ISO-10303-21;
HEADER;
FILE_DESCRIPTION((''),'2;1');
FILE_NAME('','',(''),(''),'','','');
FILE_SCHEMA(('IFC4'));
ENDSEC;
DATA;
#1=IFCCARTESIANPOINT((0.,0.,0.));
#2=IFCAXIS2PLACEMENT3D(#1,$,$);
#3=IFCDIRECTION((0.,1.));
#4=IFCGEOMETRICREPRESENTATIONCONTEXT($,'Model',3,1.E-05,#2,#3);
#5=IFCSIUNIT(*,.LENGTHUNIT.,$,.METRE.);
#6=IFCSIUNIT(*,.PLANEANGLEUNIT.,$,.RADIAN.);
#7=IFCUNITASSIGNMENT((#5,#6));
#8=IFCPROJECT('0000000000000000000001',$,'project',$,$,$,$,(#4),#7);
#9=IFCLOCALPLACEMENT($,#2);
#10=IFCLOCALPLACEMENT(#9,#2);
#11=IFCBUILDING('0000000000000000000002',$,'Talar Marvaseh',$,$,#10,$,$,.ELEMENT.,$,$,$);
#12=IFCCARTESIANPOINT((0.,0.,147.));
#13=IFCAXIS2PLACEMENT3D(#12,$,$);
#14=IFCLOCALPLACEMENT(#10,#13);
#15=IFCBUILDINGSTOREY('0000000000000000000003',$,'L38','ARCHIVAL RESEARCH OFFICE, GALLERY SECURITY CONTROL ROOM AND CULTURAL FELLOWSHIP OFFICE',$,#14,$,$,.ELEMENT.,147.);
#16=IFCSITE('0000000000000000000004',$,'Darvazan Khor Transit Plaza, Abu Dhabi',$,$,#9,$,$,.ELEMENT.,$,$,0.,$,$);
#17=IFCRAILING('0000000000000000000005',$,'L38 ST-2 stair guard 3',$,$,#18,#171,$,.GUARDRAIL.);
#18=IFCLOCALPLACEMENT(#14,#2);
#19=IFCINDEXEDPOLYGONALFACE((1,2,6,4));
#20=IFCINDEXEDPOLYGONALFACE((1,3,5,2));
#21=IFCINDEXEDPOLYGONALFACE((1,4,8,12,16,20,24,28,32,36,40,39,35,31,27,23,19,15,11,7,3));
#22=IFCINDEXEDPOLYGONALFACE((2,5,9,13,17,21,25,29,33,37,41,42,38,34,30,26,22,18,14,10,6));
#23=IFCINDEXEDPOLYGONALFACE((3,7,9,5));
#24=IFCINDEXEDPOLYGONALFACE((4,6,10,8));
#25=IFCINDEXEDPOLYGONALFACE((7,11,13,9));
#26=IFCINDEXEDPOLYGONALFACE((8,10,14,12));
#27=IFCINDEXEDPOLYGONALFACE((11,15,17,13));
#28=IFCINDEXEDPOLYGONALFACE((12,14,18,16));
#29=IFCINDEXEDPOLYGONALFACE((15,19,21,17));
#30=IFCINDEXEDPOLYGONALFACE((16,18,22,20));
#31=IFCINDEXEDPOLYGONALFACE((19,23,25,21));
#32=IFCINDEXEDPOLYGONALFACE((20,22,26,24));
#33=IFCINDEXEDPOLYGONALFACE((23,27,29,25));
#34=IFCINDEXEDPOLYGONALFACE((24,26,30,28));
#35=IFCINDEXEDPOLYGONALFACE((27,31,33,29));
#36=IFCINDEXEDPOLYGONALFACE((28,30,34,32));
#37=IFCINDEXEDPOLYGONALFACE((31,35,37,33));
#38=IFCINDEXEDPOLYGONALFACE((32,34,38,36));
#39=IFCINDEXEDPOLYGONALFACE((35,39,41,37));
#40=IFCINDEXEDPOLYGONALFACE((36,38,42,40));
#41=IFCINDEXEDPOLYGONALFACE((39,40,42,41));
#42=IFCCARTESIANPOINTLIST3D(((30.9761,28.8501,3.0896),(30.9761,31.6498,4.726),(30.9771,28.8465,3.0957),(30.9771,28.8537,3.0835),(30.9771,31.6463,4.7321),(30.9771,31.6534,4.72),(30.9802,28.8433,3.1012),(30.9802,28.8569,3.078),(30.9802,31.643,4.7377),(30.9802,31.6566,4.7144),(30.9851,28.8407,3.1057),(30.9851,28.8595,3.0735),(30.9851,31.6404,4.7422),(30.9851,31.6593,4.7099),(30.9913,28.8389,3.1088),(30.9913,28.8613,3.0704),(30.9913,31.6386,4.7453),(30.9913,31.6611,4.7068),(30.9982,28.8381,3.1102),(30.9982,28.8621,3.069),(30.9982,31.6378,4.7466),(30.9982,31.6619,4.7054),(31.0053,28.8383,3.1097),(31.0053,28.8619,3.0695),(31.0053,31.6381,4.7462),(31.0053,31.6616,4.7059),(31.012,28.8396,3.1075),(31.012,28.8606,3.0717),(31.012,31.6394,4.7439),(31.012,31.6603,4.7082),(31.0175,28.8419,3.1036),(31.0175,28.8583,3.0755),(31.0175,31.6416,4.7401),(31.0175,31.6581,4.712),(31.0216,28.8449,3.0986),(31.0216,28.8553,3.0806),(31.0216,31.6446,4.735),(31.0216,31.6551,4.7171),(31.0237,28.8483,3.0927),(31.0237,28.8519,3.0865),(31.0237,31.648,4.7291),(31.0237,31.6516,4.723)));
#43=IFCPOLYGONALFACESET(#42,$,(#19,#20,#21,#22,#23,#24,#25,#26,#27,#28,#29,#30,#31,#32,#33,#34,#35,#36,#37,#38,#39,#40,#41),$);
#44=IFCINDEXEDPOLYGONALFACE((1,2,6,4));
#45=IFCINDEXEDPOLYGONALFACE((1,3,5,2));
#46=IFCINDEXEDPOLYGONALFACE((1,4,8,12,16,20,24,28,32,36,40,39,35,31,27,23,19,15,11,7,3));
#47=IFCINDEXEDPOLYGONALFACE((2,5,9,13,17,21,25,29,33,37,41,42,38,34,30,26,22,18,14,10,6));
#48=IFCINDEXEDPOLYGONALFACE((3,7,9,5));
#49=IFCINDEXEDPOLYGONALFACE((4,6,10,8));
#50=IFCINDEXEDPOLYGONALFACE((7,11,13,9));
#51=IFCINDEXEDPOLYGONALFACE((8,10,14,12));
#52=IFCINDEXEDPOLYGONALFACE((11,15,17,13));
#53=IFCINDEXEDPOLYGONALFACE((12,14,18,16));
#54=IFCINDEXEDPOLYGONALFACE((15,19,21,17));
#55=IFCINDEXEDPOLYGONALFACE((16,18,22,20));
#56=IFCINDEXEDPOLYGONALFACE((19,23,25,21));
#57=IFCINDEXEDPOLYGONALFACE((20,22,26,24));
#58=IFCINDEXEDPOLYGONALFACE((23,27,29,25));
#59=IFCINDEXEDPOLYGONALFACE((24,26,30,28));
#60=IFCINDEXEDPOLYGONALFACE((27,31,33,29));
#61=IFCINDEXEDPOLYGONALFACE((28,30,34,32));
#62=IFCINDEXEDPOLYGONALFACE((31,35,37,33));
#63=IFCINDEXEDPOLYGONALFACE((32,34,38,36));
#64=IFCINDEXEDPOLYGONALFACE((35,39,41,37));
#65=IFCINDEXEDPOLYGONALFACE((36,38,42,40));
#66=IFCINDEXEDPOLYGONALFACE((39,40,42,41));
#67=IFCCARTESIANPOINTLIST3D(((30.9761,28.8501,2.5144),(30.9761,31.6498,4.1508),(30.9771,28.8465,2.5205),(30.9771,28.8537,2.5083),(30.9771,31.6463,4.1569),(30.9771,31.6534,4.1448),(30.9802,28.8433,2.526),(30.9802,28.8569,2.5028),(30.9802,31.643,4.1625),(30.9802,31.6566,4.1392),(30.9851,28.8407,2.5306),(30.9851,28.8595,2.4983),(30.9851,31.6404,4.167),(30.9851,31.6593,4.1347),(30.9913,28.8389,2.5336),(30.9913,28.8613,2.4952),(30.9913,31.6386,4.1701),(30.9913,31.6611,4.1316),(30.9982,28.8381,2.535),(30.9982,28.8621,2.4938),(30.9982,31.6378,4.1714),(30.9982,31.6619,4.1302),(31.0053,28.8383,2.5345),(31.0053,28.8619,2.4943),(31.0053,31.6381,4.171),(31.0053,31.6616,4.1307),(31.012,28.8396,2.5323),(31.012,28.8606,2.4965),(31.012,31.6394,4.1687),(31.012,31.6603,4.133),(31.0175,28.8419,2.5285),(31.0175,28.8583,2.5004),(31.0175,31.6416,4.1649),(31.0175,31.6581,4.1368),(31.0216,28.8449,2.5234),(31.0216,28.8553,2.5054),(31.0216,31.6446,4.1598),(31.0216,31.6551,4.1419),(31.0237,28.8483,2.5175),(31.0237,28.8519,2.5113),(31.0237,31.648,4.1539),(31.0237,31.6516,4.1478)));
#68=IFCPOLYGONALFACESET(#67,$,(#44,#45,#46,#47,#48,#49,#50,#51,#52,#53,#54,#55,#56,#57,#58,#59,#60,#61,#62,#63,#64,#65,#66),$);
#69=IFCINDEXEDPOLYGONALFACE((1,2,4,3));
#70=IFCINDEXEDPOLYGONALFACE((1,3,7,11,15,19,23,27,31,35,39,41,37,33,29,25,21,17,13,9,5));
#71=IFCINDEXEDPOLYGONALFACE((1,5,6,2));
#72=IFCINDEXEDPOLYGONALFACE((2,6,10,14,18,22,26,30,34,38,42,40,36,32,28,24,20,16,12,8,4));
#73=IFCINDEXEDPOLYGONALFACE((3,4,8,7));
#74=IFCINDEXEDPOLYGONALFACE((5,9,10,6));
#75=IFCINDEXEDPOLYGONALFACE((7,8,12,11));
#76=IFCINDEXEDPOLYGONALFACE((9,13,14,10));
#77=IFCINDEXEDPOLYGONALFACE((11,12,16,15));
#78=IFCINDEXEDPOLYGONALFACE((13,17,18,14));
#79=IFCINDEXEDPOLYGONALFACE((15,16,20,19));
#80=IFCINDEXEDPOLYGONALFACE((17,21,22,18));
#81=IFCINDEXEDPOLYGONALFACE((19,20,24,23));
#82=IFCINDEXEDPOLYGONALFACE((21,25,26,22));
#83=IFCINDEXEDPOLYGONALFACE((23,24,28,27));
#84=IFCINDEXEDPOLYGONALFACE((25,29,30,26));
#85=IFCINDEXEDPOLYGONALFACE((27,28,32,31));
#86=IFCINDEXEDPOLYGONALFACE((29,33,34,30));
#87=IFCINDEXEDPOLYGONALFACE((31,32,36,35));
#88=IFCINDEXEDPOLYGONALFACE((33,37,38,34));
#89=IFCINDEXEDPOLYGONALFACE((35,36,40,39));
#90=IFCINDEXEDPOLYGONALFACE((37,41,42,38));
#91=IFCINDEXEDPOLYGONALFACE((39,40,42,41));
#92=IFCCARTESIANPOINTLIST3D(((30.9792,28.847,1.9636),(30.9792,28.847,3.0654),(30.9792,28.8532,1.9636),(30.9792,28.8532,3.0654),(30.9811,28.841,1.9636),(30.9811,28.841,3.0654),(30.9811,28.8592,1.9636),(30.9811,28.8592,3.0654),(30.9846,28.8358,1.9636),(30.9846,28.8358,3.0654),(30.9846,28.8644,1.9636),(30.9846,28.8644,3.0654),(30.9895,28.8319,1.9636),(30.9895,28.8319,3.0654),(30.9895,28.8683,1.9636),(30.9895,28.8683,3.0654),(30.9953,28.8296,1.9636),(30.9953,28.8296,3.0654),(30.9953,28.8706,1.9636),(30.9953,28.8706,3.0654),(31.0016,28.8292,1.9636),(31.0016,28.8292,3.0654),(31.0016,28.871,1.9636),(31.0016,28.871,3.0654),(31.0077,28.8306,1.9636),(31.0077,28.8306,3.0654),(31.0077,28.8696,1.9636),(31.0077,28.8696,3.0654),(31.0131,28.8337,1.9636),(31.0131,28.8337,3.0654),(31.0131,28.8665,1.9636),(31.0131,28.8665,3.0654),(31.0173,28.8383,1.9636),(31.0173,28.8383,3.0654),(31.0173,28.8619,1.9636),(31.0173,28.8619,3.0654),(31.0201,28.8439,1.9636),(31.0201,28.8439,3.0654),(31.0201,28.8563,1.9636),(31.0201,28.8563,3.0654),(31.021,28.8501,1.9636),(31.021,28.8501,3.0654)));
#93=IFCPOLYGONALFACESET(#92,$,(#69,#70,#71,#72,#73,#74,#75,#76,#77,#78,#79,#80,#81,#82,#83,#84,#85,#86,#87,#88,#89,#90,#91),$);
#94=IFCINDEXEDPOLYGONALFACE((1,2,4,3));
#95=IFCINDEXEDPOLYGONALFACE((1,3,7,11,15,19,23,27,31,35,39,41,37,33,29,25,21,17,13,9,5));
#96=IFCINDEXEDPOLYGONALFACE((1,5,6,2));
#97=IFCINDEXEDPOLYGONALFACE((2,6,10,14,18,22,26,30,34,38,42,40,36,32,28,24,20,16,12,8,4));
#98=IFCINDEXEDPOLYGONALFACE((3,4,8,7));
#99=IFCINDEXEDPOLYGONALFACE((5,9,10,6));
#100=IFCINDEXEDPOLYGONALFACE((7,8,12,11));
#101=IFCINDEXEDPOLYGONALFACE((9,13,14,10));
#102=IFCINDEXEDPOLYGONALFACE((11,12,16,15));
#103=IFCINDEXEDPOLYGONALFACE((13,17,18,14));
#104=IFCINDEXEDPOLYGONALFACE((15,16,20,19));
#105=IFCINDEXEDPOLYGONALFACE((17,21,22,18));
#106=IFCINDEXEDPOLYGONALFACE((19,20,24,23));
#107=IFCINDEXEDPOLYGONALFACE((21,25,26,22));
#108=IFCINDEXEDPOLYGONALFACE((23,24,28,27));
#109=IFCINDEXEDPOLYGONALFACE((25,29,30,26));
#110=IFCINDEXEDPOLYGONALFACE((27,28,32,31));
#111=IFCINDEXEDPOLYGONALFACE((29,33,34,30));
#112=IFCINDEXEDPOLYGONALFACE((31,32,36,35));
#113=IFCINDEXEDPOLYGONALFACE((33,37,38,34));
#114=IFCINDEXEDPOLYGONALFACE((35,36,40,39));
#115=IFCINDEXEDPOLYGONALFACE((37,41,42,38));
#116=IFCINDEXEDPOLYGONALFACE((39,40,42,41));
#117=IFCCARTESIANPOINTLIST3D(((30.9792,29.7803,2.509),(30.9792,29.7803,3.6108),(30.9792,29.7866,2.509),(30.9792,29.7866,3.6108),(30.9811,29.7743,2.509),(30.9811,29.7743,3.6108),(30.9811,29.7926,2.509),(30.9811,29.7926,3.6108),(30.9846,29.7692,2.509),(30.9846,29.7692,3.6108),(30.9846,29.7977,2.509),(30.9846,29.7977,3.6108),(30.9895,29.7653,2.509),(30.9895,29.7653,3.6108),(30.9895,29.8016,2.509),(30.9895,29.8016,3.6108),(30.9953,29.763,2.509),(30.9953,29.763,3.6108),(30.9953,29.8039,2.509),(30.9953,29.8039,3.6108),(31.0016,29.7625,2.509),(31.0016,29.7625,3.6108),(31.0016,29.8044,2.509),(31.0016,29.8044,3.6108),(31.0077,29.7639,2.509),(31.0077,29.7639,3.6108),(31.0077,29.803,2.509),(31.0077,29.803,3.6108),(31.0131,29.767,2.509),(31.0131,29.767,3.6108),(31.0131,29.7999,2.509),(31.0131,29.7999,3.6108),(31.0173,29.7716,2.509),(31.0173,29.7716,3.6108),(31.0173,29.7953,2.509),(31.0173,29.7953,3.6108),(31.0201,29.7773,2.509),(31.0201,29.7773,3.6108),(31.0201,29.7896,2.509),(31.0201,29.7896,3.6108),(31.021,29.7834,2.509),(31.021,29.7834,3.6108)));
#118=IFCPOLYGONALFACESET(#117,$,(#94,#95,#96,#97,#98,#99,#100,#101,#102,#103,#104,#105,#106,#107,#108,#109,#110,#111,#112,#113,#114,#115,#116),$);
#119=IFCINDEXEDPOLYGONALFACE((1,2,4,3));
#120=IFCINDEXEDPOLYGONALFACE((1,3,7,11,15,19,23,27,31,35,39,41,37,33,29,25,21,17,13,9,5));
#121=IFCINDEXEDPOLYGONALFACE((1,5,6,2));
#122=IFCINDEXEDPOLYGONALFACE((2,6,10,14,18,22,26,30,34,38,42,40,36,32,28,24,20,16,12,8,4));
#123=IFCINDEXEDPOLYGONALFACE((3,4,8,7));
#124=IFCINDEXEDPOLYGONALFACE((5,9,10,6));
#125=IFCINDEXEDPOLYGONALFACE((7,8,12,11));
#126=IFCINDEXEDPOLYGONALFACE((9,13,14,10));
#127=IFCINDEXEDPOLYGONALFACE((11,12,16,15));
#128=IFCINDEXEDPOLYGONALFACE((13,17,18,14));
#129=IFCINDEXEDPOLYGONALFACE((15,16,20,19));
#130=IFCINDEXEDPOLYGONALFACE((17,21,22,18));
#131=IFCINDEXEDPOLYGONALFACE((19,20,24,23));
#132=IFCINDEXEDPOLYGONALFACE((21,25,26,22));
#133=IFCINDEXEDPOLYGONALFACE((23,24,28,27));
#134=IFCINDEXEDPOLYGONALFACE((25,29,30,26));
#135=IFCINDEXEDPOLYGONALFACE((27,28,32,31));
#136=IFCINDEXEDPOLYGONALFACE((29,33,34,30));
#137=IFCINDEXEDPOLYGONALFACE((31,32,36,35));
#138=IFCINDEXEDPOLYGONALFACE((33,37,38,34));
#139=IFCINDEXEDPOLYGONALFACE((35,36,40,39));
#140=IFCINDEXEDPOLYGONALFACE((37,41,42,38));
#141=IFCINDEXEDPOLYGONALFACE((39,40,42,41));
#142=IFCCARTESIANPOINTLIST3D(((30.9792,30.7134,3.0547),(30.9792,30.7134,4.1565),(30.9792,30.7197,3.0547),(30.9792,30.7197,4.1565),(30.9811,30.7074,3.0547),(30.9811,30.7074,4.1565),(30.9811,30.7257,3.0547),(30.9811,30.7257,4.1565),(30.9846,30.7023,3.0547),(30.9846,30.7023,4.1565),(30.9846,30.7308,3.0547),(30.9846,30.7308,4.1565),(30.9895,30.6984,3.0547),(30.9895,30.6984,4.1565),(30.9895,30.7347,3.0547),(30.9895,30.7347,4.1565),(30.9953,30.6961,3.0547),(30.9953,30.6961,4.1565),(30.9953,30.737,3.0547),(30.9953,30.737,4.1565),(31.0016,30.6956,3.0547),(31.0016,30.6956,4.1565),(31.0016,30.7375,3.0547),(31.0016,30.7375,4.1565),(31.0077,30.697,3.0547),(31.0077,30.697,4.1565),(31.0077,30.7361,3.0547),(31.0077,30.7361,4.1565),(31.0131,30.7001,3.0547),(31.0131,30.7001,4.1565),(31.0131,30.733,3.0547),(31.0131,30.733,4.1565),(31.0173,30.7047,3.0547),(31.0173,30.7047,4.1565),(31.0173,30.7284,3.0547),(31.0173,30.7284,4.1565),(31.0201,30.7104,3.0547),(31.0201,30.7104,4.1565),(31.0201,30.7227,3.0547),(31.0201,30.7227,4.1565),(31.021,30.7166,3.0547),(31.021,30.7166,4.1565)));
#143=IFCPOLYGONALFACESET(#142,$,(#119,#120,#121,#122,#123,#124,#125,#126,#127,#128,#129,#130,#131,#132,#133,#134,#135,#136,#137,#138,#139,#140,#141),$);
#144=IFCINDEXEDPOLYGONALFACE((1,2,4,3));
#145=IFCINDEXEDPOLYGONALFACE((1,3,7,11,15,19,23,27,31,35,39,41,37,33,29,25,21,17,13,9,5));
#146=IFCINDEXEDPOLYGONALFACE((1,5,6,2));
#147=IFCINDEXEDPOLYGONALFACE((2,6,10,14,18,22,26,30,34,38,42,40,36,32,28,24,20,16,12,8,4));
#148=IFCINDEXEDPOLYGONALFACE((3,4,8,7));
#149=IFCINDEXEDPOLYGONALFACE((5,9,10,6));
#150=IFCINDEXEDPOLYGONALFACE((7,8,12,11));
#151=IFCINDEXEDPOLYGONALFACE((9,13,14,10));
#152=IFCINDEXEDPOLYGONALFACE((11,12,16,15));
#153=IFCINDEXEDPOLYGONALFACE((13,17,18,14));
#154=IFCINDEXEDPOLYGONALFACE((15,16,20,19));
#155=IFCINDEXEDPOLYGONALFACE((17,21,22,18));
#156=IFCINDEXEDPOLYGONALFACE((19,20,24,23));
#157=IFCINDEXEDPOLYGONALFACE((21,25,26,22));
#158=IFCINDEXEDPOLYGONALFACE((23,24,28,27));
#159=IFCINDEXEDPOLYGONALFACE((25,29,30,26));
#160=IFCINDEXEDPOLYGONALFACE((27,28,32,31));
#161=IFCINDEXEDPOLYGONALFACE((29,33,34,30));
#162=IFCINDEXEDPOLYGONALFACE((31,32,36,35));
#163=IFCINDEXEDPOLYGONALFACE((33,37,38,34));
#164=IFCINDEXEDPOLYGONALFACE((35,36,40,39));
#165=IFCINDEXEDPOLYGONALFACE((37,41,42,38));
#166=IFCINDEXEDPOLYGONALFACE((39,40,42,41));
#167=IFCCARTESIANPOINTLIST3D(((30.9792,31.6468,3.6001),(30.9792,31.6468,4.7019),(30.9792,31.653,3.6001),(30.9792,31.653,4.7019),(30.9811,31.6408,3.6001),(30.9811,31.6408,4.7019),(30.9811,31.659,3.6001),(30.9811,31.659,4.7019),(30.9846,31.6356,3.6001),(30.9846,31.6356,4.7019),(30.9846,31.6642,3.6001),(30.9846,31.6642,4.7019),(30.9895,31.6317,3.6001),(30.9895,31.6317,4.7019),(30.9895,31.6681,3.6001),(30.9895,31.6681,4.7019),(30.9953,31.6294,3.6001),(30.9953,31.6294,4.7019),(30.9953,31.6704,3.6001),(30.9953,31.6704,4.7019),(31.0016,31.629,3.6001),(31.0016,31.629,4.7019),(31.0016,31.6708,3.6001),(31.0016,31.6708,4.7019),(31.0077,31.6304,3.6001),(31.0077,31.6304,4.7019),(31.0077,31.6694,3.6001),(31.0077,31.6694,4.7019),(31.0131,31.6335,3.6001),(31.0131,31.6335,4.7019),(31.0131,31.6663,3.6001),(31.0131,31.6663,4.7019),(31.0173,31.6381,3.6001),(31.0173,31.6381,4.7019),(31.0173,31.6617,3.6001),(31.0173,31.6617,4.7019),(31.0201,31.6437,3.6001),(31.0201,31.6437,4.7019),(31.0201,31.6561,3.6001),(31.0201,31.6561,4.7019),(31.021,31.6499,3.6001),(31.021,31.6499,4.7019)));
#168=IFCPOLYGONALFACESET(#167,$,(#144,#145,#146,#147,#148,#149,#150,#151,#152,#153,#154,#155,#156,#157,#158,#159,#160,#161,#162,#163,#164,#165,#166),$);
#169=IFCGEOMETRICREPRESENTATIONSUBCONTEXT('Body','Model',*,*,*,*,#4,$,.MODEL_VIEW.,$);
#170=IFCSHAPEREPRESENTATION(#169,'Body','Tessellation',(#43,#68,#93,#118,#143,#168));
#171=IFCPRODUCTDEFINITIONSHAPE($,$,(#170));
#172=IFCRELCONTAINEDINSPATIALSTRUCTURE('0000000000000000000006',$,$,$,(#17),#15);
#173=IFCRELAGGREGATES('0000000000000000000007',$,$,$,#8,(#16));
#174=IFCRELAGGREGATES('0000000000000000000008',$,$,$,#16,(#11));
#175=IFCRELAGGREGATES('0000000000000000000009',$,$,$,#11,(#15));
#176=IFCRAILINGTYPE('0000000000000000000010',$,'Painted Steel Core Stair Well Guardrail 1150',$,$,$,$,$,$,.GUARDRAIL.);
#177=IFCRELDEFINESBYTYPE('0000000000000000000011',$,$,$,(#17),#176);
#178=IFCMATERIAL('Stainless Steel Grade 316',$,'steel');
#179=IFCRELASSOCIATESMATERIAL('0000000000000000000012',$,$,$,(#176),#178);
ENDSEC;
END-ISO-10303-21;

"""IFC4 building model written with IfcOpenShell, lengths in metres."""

from ifc_helpers import new_model, si_unit, direction, frame, origin, origin_2d, place, context, subcontext, project, spatial, circle, extrude, material, type_object, element, save


model = new_model("IFC4")

# Units and contexts
model_context = context("Model", 3, precision=1e-05, world=origin(), true_north=direction((0.0, 1.0)))
body_context = subcontext(model_context, "Body", "Model", "MODEL_VIEW")
ifc_project = project(units=[si_unit("LENGTHUNIT", "METRE"), si_unit("PLANEANGLEUNIT", "RADIAN")], contexts=[model_context])

# Site, building, storey
site_placement = place(None, origin())
site = spatial("IfcSite", under=ifc_project, at=site_placement, Name="Darvazan Khor Transit Plaza, Abu Dhabi", CompositionType="ELEMENT", RefElevation=0.0)
building_placement = place(site_placement, origin())
building = spatial("IfcBuilding", under=site, at=building_placement, Name="Talar Marvaseh", CompositionType="ELEMENT")
storey_placement = place(building_placement, frame((0.0, 0.0, 147.0)))
storey = spatial("IfcBuildingStorey", under=building, at=storey_placement, Name="L38", Description="ARCHIVAL RESEARCH OFFICE, GALLERY SECURITY CONTROL ROOM AND CULTURAL FELLOWSHIP OFFICE", CompositionType="ELEMENT", Elevation=147.0)

# Shared definitions
ifc_material_1 = material(Name="Stainless Steel Grade 316", Category="steel")

# Railing
railing_type_1 = type_object("IfcRailingType", Name="Painted Steel Core Stair Well Guardrail 1150", PredefinedType="GUARDRAIL", material=ifc_material_1)
railing_1_placement = place(storey_placement, frame((31.0, 28.8501, 1.9636)))
element("IfcRailing", 1, at=railing_1_placement, inside=storey, type_object=railing_type_1, Name="L38 ST-2 stair guard 3", PredefinedType="GUARDRAIL", context=body_context, shape_type="SweptSolid", body=[
    extrude(circle(Radius=0.0239, at=origin_2d()), frame((0.0, 0.0, 1.126), z_axis=(0.0, 0.863342, 0.50462), x_axis=(-1.0, 0.0, 0.0)), (0.0, 0.0, 1.0), 3.2429),
    extrude(circle(Radius=0.0239, at=origin_2d()), frame((0.0, 0.0, 0.5508), z_axis=(0.0, 0.863342, 0.50462), x_axis=(-1.0, 0.0, 0.0)), (0.0, 0.0, 1.0), 3.2429),
    extrude(circle(Radius=0.021, at=origin_2d()), origin(), (0.0, 0.0, 1.0), 1.1018),
    extrude(circle(Radius=0.021, at=origin_2d()), frame((0.0, 0.9333, 0.5454)), (0.0, 0.0, 1.0), 1.1018),
    extrude(circle(Radius=0.021, at=origin_2d()), frame((0.0, 1.8665, 1.0911)), (0.0, 0.0, 1.0), 1.1018),
    extrude(circle(Radius=0.021, at=origin_2d()), frame((0.0, 2.7998, 1.6365)), (0.0, 0.0, 1.0), 1.1018),
])

save(model, "model.ifc")
